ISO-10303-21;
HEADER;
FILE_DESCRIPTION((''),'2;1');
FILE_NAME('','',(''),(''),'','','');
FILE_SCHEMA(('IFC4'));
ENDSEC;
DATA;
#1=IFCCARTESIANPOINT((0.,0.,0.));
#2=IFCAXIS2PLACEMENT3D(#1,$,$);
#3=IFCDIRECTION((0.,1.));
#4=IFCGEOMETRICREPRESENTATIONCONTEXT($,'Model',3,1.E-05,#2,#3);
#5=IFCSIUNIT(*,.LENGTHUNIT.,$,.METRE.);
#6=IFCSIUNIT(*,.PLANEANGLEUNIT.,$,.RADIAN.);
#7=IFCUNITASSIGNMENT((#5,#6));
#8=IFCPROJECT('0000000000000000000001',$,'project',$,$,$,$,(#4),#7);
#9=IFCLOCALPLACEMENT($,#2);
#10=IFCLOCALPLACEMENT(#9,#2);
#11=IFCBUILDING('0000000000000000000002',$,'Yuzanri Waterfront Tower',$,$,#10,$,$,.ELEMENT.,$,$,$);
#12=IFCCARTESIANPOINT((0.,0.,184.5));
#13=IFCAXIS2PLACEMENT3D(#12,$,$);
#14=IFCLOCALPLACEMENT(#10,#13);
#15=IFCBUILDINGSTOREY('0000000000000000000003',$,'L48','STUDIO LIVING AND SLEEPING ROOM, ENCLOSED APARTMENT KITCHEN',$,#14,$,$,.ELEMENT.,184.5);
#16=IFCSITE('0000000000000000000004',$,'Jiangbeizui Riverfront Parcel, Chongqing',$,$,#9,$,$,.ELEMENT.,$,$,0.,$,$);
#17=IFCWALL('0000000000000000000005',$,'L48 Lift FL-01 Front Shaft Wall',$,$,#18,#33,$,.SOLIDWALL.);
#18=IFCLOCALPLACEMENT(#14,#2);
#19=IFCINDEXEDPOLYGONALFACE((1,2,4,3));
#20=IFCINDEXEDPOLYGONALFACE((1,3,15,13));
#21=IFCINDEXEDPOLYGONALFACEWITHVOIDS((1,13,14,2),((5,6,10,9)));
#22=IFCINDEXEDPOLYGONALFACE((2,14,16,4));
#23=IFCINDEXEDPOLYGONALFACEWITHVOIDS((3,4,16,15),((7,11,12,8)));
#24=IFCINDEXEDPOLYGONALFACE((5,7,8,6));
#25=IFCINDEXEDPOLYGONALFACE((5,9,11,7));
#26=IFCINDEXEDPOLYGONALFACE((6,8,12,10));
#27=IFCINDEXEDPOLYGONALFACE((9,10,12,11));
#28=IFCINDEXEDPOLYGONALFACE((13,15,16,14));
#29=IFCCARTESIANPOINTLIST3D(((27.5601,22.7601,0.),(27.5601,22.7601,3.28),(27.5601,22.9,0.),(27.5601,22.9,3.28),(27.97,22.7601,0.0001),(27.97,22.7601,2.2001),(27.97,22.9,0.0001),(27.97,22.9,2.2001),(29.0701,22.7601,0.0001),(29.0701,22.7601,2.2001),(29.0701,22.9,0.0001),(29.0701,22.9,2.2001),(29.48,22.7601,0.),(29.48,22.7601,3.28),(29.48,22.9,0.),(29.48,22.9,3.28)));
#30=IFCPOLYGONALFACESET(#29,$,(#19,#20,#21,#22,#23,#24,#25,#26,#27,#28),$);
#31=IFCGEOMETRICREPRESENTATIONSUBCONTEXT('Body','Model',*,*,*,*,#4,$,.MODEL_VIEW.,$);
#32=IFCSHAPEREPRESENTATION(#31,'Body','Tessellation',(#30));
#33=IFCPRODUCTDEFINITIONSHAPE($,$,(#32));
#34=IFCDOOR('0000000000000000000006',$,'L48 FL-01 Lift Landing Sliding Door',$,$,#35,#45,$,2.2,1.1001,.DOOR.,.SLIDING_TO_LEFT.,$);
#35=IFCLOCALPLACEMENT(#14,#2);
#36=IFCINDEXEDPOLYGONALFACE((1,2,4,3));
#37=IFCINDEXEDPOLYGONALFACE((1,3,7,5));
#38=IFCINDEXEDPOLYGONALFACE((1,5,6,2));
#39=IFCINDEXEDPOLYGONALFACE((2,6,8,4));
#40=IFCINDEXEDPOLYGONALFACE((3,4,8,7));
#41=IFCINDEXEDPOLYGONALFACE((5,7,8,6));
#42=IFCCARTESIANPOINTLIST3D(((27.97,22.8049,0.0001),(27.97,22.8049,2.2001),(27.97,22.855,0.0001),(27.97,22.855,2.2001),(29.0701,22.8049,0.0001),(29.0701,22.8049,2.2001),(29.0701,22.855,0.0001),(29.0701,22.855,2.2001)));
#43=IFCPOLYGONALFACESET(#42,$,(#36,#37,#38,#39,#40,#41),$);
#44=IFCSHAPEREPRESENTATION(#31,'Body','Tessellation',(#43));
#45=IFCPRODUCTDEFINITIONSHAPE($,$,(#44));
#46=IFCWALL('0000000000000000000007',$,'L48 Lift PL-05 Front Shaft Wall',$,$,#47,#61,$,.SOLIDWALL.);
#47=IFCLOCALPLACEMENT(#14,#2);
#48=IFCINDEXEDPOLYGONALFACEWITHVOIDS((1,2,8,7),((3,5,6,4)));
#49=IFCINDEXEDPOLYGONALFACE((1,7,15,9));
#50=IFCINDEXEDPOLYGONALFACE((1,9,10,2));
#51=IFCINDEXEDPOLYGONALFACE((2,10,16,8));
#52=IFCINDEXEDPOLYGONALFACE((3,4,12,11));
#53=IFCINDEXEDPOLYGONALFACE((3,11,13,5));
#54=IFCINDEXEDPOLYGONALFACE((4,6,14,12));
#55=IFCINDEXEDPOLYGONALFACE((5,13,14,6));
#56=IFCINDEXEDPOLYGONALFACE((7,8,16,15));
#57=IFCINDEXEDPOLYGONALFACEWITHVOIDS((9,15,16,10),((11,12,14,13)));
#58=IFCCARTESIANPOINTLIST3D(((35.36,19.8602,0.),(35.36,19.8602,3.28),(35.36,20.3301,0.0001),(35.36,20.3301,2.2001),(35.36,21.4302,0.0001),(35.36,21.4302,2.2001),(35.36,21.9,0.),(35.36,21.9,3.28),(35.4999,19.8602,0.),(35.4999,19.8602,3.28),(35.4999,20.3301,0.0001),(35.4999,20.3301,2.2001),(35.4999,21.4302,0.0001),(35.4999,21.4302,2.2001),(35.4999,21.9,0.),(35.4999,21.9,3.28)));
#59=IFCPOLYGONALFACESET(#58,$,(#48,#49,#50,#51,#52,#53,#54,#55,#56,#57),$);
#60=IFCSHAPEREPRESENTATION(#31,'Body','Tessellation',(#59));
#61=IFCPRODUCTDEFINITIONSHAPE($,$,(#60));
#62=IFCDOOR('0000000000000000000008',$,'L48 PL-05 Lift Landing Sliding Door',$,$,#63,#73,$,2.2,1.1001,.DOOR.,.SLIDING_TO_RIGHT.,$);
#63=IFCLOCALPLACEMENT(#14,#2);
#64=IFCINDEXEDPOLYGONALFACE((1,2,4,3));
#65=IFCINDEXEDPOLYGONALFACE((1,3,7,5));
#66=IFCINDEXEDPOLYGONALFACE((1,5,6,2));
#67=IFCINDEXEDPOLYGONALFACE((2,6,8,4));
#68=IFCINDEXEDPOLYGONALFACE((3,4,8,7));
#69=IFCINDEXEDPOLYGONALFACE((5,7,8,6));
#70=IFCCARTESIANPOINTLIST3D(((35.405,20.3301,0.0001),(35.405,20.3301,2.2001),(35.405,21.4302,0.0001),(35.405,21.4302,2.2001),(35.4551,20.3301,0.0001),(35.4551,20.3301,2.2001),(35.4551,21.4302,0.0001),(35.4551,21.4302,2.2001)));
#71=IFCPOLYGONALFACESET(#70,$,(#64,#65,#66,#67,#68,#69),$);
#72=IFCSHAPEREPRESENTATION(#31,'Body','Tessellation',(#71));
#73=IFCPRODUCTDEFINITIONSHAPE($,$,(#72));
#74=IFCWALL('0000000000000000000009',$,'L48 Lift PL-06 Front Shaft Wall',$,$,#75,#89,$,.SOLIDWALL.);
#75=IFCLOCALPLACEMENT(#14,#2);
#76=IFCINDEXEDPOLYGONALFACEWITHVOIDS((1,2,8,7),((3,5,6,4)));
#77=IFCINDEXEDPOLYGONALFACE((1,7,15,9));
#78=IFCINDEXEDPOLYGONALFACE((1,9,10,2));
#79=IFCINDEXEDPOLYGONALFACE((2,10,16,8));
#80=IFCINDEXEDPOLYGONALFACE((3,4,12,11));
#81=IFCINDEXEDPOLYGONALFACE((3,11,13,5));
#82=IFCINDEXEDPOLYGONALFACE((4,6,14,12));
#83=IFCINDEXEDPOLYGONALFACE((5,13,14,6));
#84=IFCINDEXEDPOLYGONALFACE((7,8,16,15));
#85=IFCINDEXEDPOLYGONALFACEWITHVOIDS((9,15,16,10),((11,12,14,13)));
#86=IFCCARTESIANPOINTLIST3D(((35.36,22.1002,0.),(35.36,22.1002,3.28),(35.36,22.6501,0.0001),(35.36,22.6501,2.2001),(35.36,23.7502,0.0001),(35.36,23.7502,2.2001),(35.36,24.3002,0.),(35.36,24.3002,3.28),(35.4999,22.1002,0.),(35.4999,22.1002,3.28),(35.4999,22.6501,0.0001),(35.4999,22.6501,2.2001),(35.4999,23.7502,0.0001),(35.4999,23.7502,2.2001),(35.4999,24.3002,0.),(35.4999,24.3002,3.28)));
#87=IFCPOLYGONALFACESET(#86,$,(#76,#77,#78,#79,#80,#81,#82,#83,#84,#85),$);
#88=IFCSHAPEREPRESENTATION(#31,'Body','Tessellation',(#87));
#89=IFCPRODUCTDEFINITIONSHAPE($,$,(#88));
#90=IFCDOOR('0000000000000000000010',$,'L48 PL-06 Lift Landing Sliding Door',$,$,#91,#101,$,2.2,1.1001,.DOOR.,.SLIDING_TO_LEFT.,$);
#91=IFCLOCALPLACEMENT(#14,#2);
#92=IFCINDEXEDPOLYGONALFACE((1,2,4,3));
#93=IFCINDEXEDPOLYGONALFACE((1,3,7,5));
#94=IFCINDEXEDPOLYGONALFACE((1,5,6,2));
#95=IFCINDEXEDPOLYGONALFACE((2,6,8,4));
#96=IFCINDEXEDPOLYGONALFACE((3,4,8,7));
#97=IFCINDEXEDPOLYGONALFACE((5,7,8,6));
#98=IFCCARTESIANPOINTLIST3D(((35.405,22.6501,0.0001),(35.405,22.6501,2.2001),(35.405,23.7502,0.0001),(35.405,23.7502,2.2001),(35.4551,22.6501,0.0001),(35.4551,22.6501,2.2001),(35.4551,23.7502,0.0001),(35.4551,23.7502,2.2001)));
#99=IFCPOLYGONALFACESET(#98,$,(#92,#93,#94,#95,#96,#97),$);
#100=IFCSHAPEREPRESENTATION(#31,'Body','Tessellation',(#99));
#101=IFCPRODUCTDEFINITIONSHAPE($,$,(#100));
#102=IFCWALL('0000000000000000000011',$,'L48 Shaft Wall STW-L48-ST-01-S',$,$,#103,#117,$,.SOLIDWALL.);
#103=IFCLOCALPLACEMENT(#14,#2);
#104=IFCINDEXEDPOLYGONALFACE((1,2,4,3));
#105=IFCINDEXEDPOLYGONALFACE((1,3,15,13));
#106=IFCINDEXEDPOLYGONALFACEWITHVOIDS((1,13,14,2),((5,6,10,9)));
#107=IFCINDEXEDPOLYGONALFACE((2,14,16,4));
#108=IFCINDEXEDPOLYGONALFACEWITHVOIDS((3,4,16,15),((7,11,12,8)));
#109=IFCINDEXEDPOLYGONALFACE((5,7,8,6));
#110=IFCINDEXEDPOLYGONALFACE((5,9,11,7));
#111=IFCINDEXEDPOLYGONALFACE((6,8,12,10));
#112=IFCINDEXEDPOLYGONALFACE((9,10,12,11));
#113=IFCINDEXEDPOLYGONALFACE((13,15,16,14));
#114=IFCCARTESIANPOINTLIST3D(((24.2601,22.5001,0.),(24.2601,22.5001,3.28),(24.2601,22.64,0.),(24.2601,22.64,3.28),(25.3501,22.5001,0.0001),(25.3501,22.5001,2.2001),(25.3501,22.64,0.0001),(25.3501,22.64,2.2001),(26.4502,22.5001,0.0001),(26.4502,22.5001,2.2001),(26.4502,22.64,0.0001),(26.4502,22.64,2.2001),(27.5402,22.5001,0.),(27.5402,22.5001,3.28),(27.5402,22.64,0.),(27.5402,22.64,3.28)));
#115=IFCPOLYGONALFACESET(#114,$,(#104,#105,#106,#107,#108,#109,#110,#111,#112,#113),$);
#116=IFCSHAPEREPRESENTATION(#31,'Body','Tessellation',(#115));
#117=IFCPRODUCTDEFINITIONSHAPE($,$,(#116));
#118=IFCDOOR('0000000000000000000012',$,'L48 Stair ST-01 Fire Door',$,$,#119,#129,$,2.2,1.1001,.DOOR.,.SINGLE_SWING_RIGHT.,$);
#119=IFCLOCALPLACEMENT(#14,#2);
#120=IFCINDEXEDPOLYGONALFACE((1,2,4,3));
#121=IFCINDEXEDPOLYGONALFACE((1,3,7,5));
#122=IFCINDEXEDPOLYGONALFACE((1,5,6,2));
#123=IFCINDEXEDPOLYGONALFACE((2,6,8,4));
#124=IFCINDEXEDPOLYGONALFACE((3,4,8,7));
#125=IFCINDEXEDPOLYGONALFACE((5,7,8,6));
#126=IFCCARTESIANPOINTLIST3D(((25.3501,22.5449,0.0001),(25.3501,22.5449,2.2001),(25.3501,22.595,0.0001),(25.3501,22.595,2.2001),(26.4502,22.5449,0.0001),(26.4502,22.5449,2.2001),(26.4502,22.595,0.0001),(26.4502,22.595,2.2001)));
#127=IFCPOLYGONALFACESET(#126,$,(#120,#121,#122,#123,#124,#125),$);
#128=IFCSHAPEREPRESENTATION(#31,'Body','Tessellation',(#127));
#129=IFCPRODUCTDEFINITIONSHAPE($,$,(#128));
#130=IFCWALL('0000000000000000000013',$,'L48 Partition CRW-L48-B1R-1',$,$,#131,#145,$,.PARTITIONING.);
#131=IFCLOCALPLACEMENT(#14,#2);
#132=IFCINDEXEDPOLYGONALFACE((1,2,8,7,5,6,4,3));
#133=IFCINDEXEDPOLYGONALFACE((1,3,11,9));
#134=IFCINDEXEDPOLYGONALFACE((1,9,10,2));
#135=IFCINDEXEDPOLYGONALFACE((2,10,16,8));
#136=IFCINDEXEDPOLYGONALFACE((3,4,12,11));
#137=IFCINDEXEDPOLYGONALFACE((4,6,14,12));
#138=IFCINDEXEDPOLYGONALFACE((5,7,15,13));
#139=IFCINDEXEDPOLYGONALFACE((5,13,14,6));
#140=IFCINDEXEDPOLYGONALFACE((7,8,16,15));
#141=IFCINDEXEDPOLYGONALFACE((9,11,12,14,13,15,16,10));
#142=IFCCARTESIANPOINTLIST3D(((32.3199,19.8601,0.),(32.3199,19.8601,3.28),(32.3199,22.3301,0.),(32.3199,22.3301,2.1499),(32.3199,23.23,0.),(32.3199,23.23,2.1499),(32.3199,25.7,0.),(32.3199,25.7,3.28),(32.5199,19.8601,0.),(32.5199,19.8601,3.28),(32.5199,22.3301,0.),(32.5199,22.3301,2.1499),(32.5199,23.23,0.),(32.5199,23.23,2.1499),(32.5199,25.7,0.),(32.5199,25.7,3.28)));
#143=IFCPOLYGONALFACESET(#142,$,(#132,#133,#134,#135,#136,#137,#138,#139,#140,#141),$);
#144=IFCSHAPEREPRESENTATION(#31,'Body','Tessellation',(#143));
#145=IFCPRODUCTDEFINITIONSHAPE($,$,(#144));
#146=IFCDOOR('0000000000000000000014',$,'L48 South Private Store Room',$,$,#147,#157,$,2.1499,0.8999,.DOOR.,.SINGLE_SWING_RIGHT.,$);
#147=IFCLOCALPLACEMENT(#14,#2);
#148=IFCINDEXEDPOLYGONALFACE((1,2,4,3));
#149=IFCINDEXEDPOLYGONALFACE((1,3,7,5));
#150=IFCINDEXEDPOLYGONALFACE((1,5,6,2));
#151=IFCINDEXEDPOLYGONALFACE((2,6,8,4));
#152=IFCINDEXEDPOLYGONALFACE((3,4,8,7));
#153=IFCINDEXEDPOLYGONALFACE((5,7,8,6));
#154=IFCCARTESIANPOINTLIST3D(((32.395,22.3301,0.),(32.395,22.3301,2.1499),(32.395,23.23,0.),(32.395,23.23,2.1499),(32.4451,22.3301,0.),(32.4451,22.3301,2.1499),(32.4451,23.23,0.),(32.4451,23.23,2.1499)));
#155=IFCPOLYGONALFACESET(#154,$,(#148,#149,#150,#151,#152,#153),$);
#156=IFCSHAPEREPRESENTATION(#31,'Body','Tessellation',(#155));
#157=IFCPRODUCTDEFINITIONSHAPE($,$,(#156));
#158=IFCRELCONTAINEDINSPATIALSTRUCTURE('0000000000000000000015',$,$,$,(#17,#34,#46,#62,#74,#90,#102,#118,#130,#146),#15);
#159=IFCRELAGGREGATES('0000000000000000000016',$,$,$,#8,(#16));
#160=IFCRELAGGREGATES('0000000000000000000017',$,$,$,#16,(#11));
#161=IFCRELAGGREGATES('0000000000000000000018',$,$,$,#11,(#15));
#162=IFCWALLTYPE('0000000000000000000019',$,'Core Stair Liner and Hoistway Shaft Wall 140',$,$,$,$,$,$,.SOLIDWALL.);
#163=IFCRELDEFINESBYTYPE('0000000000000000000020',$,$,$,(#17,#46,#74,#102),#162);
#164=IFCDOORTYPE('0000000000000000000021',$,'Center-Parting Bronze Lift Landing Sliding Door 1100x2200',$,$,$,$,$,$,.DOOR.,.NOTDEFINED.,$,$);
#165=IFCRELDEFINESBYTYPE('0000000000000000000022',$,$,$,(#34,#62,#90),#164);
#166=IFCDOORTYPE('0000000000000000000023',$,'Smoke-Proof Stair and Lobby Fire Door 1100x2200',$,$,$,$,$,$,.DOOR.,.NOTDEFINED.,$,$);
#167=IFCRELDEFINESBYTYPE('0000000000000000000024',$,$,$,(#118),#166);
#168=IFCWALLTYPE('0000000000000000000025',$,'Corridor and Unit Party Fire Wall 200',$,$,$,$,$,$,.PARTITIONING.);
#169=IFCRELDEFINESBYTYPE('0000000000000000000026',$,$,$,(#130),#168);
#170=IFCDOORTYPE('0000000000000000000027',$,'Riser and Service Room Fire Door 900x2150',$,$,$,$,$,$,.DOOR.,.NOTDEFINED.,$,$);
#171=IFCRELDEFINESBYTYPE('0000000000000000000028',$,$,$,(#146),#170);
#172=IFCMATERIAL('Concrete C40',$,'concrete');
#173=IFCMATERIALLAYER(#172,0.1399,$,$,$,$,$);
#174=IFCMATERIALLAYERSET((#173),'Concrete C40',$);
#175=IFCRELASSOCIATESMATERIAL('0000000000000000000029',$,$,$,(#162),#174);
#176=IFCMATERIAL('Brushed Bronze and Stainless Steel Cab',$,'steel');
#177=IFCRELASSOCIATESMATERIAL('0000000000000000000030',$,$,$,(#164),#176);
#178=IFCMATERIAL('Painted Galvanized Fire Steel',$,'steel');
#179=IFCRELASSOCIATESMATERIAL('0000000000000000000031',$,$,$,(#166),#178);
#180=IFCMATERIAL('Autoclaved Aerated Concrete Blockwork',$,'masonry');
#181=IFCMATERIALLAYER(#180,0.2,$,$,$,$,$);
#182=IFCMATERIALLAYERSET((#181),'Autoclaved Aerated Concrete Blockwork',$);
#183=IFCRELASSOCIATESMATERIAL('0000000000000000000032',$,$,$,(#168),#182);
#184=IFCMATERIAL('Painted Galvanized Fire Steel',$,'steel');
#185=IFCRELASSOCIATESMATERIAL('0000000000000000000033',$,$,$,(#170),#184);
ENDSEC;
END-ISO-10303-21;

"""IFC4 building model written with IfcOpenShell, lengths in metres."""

from ifc_helpers import new_model, si_unit, direction, frame, frame_2d, origin, place, context, subcontext, project, spatial, rectangle, extrude, source, transform, mapped, material, layer, layer_set, type_object, element, fill, save


model = new_model("IFC4")

# Units and contexts
model_context = context("Model", 3, precision=1e-05, world=origin(), true_north=direction((0.0, 1.0)))
body_context = subcontext(model_context, "Body", "Model", "MODEL_VIEW")
ifc_project = project(units=[si_unit("LENGTHUNIT", "METRE"), si_unit("PLANEANGLEUNIT", "RADIAN")], contexts=[model_context])

# Site, building, storey
site_placement = place(None, origin())
site = spatial("IfcSite", under=ifc_project, at=site_placement, Name="Jiangbeizui Riverfront Parcel, Chongqing", CompositionType="ELEMENT", RefElevation=0.0)
building_placement = place(site_placement, origin())
building = spatial("IfcBuilding", under=site, at=building_placement, Name="Yuzanri Waterfront Tower", CompositionType="ELEMENT")
storey_placement = place(building_placement, frame((0.0, 0.0, 184.5)))
storey = spatial("IfcBuildingStorey", under=building, at=storey_placement, Name="L48", Description="STUDIO LIVING AND SLEEPING ROOM, ENCLOSED APARTMENT KITCHEN", CompositionType="ELEMENT", Elevation=184.5)

# Walls, openings, doors
ifc_material_1 = material(Name="Concrete C40", Category="concrete")
ifc_layer_1 = layer(ifc_material_1, 0.1399)
ifc_layer_set_1 = layer_set([ifc_layer_1], Name="Concrete C40")
wall_type_1 = type_object("IfcWallType", Name="Core Stair Liner and Hoistway Shaft Wall 140", PredefinedType="SOLIDWALL", material=ifc_layer_set_1)
wall_1_placement = place(storey_placement, frame((27.5601, 22.8301, 0.0), z_axis=(0.0, 0.0, 1.0), x_axis=(1.0, 0.0, 0.0)))
wall_1 = element("IfcWall", 1, at=wall_1_placement, inside=storey, type_object=wall_type_1, Name="L48 Lift FL-01 Front Shaft Wall", PredefinedType="SOLIDWALL", context=body_context, shape_type="SweptSolid", body=[
    extrude(rectangle(XDim=1.9199, YDim=0.1399, at=frame_2d((0.96, 0.0))), origin(), (0.0, 0.0, 1.0), 3.28),
])
opening_1_placement = place(wall_1_placement, frame((0.4099, 0.0, 0.0)))
opening_1 = element("IfcOpeningElement", 2, at=opening_1_placement, cuts=wall_1, PredefinedType="OPENING", context=body_context, shape_type="SweptSolid", body=[
    extrude(rectangle(XDim=1.1001, YDim=2.2, at=frame_2d((0.55, 1.1001))), frame((0.0, 0.085, 0.0), z_axis=(0.0, -1.0, 0.0), x_axis=(1.0, 0.0, 0.0)), (0.0, 0.0, 1.0), 0.1697),
])
ifc_material_2 = material(Name="Brushed Bronze and Stainless Steel Cab", Category="steel")
door_type_1 = type_object("IfcDoorType", Name="Center-Parting Bronze Lift Landing Sliding Door 1100x2200", OperationType="NOTDEFINED", PredefinedType="DOOR", material=ifc_material_2)
shared_shape_1 = source(origin(), body_context, "Body", "SweptSolid", [
    extrude(rectangle(XDim=1.1001, YDim=2.2, at=frame_2d((0.55, 1.1001))), frame((0.0, 0.0249, 0.0), z_axis=(0.0, -1.0, 0.0), x_axis=(1.0, 0.0, 0.0)), (0.0, 0.0, 1.0), 0.05),
])
door_1_placement = place(opening_1_placement, origin())
door_1 = element("IfcDoor", 3, at=door_1_placement, inside=storey, type_object=door_type_1, Name="L48 FL-01 Lift Landing Sliding Door", OperationType="SLIDING_TO_LEFT", OverallHeight=2.2, OverallWidth=1.1001, PredefinedType="DOOR", context=body_context, shape_type="MappedRepresentation", body=[
    mapped(shared_shape_1, transform((0.0, 0.0, 0.0), scale=1.0)),
])
fill(opening_1, door_1)
wall_2_placement = place(storey_placement, frame((35.4299, 19.8601, 0.0), z_axis=(0.0, 0.0, 1.0), x_axis=(0.0, 1.0, 0.0)))
wall_2 = element("IfcWall", 4, at=wall_2_placement, inside=storey, type_object=wall_type_1, Name="L48 Lift PL-05 Front Shaft Wall", PredefinedType="SOLIDWALL", context=body_context, shape_type="SweptSolid", body=[
    extrude(rectangle(XDim=2.0398, YDim=0.1399, at=frame_2d((1.02, 0.0))), origin(), (0.0, 0.0, 1.0), 3.28),
])
opening_2_placement = place(wall_2_placement, frame((0.47, 0.0, 0.0)))
opening_2 = element("IfcOpeningElement", 5, at=opening_2_placement, cuts=wall_2, PredefinedType="OPENING", context=body_context, shape_type="SweptSolid", body=[
    extrude(rectangle(XDim=1.1001, YDim=2.2, at=frame_2d((0.55, 1.1001))), frame((0.0, 0.085, 0.0), z_axis=(0.0, -1.0, 0.0), x_axis=(1.0, 0.0, 0.0)), (0.0, 0.0, 1.0), 0.1697),
])
door_2_placement = place(opening_2_placement, origin())
door_2 = element("IfcDoor", 6, at=door_2_placement, inside=storey, type_object=door_type_1, Name="L48 PL-05 Lift Landing Sliding Door", OperationType="SLIDING_TO_RIGHT", OverallHeight=2.2, OverallWidth=1.1001, PredefinedType="DOOR", context=body_context, shape_type="MappedRepresentation", body=[
    mapped(shared_shape_1, transform((0.0, 0.0, 0.0), scale=1.0)),
])
fill(opening_2, door_2)
wall_3_placement = place(storey_placement, frame((35.4299, 22.1001, 0.0), z_axis=(0.0, 0.0, 1.0), x_axis=(0.0, 1.0, 0.0)))
wall_3 = element("IfcWall", 7, at=wall_3_placement, inside=storey, type_object=wall_type_1, Name="L48 Lift PL-06 Front Shaft Wall", PredefinedType="SOLIDWALL", context=body_context, shape_type="SweptSolid", body=[
    extrude(rectangle(XDim=2.2, YDim=0.1399, at=frame_2d((1.1001, 0.0))), origin(), (0.0, 0.0, 1.0), 3.28),
])
opening_3_placement = place(wall_3_placement, frame((0.55, 0.0, 0.0)))
opening_3 = element("IfcOpeningElement", 8, at=opening_3_placement, cuts=wall_3, PredefinedType="OPENING", context=body_context, shape_type="SweptSolid", body=[
    extrude(rectangle(XDim=1.1001, YDim=2.2, at=frame_2d((0.55, 1.1001))), frame((0.0, 0.085, 0.0), z_axis=(0.0, -1.0, 0.0), x_axis=(1.0, 0.0, 0.0)), (0.0, 0.0, 1.0), 0.1697),
])
door_3_placement = place(opening_3_placement, origin())
door_3 = element("IfcDoor", 9, at=door_3_placement, inside=storey, type_object=door_type_1, Name="L48 PL-06 Lift Landing Sliding Door", OperationType="SLIDING_TO_LEFT", OverallHeight=2.2, OverallWidth=1.1001, PredefinedType="DOOR", context=body_context, shape_type="MappedRepresentation", body=[
    mapped(shared_shape_1, transform((0.0, 0.0, 0.0), scale=1.0)),
])
fill(opening_3, door_3)
wall_4_placement = place(storey_placement, frame((24.26, 22.5701, 0.0), z_axis=(0.0, 0.0, 1.0), x_axis=(1.0, 0.0, 0.0)))
wall_4 = element("IfcWall", 10, at=wall_4_placement, inside=storey, type_object=wall_type_1, Name="L48 Shaft Wall STW-L48-ST-01-S", PredefinedType="SOLIDWALL", context=body_context, shape_type="SweptSolid", body=[
    extrude(rectangle(XDim=3.28, YDim=0.1399, at=frame_2d((1.6401, 0.0))), origin(), (0.0, 0.0, 1.0), 3.28),
])
opening_4_placement = place(wall_4_placement, frame((1.0901, 0.0, 0.0)))
opening_4 = element("IfcOpeningElement", 11, at=opening_4_placement, cuts=wall_4, PredefinedType="OPENING", context=body_context, shape_type="SweptSolid", body=[
    extrude(rectangle(XDim=1.1001, YDim=2.2, at=frame_2d((0.55, 1.1001))), frame((0.0, 0.085, 0.0), z_axis=(0.0, -1.0, 0.0), x_axis=(1.0, 0.0, 0.0)), (0.0, 0.0, 1.0), 0.1697),
])
ifc_material_3 = material(Name="Painted Galvanized Fire Steel", Category="steel")
door_type_2 = type_object("IfcDoorType", Name="Smoke-Proof Stair and Lobby Fire Door 1100x2200", OperationType="NOTDEFINED", PredefinedType="DOOR", material=ifc_material_3)
shared_shape_2 = source(origin(), body_context, "Body", "SweptSolid", [
    extrude(rectangle(XDim=1.1001, YDim=2.2, at=frame_2d((0.55, 1.1001))), frame((0.0, 0.0249, 0.0), z_axis=(0.0, -1.0, 0.0), x_axis=(1.0, 0.0, 0.0)), (0.0, 0.0, 1.0), 0.05),
])
door_4_placement = place(opening_4_placement, origin())
door_4 = element("IfcDoor", 12, at=door_4_placement, inside=storey, type_object=door_type_2, Name="L48 Stair ST-01 Fire Door", OperationType="SINGLE_SWING_RIGHT", OverallHeight=2.2, OverallWidth=1.1001, PredefinedType="DOOR", context=body_context, shape_type="MappedRepresentation", body=[
    mapped(shared_shape_2, transform((0.0, 0.0, 0.0), scale=1.0)),
])
fill(opening_4, door_4)
ifc_material_4 = material(Name="Autoclaved Aerated Concrete Blockwork", Category="masonry")
ifc_layer_2 = layer(ifc_material_4, 0.2)
ifc_layer_set_2 = layer_set([ifc_layer_2], Name="Autoclaved Aerated Concrete Blockwork")
wall_type_2 = type_object("IfcWallType", Name="Corridor and Unit Party Fire Wall 200", PredefinedType="PARTITIONING", material=ifc_layer_set_2)
wall_5_placement = place(storey_placement, frame((32.4199, 19.8601, 0.0), z_axis=(0.0, 0.0, 1.0), x_axis=(0.0, 1.0, 0.0)))
wall_5 = element("IfcWall", 13, at=wall_5_placement, inside=storey, type_object=wall_type_2, Name="L48 Partition CRW-L48-B1R-1", PredefinedType="PARTITIONING", context=body_context, shape_type="SweptSolid", body=[
    extrude(rectangle(XDim=5.8398, YDim=0.2, at=frame_2d((2.9199, 0.0))), origin(), (0.0, 0.0, 1.0), 3.28),
])
opening_5_placement = place(wall_5_placement, frame((2.47, 0.0, 0.0)))
opening_5 = element("IfcOpeningElement", 14, at=opening_5_placement, cuts=wall_5, PredefinedType="OPENING", context=body_context, shape_type="SweptSolid", body=[
    extrude(rectangle(XDim=0.8999, YDim=2.1499, at=frame_2d((0.45, 1.075))), frame((0.0, 0.1147, 0.0), z_axis=(0.0, -1.0, 0.0), x_axis=(1.0, 0.0, 0.0)), (0.0, 0.0, 1.0), 0.2297),
])
ifc_material_5 = material(Name="Painted Galvanized Fire Steel", Category="steel")
door_type_3 = type_object("IfcDoorType", Name="Riser and Service Room Fire Door 900x2150", OperationType="NOTDEFINED", PredefinedType="DOOR", material=ifc_material_5)
shared_shape_3 = source(origin(), body_context, "Body", "SweptSolid", [
    extrude(rectangle(XDim=0.8999, YDim=2.1499, at=frame_2d((0.45, 1.075))), frame((0.0, 0.0249, 0.0), z_axis=(0.0, -1.0, 0.0), x_axis=(1.0, 0.0, 0.0)), (0.0, 0.0, 1.0), 0.05),
])
door_5_placement = place(opening_5_placement, origin())
door_5 = element("IfcDoor", 15, at=door_5_placement, inside=storey, type_object=door_type_3, Name="L48 South Private Store Room", OperationType="SINGLE_SWING_RIGHT", OverallHeight=2.1499, OverallWidth=0.8999, PredefinedType="DOOR", context=body_context, shape_type="MappedRepresentation", body=[
    mapped(shared_shape_3, transform((0.0, 0.0, 0.0), scale=1.0)),
])
fill(opening_5, door_5)

save(model, "model.ifc")
